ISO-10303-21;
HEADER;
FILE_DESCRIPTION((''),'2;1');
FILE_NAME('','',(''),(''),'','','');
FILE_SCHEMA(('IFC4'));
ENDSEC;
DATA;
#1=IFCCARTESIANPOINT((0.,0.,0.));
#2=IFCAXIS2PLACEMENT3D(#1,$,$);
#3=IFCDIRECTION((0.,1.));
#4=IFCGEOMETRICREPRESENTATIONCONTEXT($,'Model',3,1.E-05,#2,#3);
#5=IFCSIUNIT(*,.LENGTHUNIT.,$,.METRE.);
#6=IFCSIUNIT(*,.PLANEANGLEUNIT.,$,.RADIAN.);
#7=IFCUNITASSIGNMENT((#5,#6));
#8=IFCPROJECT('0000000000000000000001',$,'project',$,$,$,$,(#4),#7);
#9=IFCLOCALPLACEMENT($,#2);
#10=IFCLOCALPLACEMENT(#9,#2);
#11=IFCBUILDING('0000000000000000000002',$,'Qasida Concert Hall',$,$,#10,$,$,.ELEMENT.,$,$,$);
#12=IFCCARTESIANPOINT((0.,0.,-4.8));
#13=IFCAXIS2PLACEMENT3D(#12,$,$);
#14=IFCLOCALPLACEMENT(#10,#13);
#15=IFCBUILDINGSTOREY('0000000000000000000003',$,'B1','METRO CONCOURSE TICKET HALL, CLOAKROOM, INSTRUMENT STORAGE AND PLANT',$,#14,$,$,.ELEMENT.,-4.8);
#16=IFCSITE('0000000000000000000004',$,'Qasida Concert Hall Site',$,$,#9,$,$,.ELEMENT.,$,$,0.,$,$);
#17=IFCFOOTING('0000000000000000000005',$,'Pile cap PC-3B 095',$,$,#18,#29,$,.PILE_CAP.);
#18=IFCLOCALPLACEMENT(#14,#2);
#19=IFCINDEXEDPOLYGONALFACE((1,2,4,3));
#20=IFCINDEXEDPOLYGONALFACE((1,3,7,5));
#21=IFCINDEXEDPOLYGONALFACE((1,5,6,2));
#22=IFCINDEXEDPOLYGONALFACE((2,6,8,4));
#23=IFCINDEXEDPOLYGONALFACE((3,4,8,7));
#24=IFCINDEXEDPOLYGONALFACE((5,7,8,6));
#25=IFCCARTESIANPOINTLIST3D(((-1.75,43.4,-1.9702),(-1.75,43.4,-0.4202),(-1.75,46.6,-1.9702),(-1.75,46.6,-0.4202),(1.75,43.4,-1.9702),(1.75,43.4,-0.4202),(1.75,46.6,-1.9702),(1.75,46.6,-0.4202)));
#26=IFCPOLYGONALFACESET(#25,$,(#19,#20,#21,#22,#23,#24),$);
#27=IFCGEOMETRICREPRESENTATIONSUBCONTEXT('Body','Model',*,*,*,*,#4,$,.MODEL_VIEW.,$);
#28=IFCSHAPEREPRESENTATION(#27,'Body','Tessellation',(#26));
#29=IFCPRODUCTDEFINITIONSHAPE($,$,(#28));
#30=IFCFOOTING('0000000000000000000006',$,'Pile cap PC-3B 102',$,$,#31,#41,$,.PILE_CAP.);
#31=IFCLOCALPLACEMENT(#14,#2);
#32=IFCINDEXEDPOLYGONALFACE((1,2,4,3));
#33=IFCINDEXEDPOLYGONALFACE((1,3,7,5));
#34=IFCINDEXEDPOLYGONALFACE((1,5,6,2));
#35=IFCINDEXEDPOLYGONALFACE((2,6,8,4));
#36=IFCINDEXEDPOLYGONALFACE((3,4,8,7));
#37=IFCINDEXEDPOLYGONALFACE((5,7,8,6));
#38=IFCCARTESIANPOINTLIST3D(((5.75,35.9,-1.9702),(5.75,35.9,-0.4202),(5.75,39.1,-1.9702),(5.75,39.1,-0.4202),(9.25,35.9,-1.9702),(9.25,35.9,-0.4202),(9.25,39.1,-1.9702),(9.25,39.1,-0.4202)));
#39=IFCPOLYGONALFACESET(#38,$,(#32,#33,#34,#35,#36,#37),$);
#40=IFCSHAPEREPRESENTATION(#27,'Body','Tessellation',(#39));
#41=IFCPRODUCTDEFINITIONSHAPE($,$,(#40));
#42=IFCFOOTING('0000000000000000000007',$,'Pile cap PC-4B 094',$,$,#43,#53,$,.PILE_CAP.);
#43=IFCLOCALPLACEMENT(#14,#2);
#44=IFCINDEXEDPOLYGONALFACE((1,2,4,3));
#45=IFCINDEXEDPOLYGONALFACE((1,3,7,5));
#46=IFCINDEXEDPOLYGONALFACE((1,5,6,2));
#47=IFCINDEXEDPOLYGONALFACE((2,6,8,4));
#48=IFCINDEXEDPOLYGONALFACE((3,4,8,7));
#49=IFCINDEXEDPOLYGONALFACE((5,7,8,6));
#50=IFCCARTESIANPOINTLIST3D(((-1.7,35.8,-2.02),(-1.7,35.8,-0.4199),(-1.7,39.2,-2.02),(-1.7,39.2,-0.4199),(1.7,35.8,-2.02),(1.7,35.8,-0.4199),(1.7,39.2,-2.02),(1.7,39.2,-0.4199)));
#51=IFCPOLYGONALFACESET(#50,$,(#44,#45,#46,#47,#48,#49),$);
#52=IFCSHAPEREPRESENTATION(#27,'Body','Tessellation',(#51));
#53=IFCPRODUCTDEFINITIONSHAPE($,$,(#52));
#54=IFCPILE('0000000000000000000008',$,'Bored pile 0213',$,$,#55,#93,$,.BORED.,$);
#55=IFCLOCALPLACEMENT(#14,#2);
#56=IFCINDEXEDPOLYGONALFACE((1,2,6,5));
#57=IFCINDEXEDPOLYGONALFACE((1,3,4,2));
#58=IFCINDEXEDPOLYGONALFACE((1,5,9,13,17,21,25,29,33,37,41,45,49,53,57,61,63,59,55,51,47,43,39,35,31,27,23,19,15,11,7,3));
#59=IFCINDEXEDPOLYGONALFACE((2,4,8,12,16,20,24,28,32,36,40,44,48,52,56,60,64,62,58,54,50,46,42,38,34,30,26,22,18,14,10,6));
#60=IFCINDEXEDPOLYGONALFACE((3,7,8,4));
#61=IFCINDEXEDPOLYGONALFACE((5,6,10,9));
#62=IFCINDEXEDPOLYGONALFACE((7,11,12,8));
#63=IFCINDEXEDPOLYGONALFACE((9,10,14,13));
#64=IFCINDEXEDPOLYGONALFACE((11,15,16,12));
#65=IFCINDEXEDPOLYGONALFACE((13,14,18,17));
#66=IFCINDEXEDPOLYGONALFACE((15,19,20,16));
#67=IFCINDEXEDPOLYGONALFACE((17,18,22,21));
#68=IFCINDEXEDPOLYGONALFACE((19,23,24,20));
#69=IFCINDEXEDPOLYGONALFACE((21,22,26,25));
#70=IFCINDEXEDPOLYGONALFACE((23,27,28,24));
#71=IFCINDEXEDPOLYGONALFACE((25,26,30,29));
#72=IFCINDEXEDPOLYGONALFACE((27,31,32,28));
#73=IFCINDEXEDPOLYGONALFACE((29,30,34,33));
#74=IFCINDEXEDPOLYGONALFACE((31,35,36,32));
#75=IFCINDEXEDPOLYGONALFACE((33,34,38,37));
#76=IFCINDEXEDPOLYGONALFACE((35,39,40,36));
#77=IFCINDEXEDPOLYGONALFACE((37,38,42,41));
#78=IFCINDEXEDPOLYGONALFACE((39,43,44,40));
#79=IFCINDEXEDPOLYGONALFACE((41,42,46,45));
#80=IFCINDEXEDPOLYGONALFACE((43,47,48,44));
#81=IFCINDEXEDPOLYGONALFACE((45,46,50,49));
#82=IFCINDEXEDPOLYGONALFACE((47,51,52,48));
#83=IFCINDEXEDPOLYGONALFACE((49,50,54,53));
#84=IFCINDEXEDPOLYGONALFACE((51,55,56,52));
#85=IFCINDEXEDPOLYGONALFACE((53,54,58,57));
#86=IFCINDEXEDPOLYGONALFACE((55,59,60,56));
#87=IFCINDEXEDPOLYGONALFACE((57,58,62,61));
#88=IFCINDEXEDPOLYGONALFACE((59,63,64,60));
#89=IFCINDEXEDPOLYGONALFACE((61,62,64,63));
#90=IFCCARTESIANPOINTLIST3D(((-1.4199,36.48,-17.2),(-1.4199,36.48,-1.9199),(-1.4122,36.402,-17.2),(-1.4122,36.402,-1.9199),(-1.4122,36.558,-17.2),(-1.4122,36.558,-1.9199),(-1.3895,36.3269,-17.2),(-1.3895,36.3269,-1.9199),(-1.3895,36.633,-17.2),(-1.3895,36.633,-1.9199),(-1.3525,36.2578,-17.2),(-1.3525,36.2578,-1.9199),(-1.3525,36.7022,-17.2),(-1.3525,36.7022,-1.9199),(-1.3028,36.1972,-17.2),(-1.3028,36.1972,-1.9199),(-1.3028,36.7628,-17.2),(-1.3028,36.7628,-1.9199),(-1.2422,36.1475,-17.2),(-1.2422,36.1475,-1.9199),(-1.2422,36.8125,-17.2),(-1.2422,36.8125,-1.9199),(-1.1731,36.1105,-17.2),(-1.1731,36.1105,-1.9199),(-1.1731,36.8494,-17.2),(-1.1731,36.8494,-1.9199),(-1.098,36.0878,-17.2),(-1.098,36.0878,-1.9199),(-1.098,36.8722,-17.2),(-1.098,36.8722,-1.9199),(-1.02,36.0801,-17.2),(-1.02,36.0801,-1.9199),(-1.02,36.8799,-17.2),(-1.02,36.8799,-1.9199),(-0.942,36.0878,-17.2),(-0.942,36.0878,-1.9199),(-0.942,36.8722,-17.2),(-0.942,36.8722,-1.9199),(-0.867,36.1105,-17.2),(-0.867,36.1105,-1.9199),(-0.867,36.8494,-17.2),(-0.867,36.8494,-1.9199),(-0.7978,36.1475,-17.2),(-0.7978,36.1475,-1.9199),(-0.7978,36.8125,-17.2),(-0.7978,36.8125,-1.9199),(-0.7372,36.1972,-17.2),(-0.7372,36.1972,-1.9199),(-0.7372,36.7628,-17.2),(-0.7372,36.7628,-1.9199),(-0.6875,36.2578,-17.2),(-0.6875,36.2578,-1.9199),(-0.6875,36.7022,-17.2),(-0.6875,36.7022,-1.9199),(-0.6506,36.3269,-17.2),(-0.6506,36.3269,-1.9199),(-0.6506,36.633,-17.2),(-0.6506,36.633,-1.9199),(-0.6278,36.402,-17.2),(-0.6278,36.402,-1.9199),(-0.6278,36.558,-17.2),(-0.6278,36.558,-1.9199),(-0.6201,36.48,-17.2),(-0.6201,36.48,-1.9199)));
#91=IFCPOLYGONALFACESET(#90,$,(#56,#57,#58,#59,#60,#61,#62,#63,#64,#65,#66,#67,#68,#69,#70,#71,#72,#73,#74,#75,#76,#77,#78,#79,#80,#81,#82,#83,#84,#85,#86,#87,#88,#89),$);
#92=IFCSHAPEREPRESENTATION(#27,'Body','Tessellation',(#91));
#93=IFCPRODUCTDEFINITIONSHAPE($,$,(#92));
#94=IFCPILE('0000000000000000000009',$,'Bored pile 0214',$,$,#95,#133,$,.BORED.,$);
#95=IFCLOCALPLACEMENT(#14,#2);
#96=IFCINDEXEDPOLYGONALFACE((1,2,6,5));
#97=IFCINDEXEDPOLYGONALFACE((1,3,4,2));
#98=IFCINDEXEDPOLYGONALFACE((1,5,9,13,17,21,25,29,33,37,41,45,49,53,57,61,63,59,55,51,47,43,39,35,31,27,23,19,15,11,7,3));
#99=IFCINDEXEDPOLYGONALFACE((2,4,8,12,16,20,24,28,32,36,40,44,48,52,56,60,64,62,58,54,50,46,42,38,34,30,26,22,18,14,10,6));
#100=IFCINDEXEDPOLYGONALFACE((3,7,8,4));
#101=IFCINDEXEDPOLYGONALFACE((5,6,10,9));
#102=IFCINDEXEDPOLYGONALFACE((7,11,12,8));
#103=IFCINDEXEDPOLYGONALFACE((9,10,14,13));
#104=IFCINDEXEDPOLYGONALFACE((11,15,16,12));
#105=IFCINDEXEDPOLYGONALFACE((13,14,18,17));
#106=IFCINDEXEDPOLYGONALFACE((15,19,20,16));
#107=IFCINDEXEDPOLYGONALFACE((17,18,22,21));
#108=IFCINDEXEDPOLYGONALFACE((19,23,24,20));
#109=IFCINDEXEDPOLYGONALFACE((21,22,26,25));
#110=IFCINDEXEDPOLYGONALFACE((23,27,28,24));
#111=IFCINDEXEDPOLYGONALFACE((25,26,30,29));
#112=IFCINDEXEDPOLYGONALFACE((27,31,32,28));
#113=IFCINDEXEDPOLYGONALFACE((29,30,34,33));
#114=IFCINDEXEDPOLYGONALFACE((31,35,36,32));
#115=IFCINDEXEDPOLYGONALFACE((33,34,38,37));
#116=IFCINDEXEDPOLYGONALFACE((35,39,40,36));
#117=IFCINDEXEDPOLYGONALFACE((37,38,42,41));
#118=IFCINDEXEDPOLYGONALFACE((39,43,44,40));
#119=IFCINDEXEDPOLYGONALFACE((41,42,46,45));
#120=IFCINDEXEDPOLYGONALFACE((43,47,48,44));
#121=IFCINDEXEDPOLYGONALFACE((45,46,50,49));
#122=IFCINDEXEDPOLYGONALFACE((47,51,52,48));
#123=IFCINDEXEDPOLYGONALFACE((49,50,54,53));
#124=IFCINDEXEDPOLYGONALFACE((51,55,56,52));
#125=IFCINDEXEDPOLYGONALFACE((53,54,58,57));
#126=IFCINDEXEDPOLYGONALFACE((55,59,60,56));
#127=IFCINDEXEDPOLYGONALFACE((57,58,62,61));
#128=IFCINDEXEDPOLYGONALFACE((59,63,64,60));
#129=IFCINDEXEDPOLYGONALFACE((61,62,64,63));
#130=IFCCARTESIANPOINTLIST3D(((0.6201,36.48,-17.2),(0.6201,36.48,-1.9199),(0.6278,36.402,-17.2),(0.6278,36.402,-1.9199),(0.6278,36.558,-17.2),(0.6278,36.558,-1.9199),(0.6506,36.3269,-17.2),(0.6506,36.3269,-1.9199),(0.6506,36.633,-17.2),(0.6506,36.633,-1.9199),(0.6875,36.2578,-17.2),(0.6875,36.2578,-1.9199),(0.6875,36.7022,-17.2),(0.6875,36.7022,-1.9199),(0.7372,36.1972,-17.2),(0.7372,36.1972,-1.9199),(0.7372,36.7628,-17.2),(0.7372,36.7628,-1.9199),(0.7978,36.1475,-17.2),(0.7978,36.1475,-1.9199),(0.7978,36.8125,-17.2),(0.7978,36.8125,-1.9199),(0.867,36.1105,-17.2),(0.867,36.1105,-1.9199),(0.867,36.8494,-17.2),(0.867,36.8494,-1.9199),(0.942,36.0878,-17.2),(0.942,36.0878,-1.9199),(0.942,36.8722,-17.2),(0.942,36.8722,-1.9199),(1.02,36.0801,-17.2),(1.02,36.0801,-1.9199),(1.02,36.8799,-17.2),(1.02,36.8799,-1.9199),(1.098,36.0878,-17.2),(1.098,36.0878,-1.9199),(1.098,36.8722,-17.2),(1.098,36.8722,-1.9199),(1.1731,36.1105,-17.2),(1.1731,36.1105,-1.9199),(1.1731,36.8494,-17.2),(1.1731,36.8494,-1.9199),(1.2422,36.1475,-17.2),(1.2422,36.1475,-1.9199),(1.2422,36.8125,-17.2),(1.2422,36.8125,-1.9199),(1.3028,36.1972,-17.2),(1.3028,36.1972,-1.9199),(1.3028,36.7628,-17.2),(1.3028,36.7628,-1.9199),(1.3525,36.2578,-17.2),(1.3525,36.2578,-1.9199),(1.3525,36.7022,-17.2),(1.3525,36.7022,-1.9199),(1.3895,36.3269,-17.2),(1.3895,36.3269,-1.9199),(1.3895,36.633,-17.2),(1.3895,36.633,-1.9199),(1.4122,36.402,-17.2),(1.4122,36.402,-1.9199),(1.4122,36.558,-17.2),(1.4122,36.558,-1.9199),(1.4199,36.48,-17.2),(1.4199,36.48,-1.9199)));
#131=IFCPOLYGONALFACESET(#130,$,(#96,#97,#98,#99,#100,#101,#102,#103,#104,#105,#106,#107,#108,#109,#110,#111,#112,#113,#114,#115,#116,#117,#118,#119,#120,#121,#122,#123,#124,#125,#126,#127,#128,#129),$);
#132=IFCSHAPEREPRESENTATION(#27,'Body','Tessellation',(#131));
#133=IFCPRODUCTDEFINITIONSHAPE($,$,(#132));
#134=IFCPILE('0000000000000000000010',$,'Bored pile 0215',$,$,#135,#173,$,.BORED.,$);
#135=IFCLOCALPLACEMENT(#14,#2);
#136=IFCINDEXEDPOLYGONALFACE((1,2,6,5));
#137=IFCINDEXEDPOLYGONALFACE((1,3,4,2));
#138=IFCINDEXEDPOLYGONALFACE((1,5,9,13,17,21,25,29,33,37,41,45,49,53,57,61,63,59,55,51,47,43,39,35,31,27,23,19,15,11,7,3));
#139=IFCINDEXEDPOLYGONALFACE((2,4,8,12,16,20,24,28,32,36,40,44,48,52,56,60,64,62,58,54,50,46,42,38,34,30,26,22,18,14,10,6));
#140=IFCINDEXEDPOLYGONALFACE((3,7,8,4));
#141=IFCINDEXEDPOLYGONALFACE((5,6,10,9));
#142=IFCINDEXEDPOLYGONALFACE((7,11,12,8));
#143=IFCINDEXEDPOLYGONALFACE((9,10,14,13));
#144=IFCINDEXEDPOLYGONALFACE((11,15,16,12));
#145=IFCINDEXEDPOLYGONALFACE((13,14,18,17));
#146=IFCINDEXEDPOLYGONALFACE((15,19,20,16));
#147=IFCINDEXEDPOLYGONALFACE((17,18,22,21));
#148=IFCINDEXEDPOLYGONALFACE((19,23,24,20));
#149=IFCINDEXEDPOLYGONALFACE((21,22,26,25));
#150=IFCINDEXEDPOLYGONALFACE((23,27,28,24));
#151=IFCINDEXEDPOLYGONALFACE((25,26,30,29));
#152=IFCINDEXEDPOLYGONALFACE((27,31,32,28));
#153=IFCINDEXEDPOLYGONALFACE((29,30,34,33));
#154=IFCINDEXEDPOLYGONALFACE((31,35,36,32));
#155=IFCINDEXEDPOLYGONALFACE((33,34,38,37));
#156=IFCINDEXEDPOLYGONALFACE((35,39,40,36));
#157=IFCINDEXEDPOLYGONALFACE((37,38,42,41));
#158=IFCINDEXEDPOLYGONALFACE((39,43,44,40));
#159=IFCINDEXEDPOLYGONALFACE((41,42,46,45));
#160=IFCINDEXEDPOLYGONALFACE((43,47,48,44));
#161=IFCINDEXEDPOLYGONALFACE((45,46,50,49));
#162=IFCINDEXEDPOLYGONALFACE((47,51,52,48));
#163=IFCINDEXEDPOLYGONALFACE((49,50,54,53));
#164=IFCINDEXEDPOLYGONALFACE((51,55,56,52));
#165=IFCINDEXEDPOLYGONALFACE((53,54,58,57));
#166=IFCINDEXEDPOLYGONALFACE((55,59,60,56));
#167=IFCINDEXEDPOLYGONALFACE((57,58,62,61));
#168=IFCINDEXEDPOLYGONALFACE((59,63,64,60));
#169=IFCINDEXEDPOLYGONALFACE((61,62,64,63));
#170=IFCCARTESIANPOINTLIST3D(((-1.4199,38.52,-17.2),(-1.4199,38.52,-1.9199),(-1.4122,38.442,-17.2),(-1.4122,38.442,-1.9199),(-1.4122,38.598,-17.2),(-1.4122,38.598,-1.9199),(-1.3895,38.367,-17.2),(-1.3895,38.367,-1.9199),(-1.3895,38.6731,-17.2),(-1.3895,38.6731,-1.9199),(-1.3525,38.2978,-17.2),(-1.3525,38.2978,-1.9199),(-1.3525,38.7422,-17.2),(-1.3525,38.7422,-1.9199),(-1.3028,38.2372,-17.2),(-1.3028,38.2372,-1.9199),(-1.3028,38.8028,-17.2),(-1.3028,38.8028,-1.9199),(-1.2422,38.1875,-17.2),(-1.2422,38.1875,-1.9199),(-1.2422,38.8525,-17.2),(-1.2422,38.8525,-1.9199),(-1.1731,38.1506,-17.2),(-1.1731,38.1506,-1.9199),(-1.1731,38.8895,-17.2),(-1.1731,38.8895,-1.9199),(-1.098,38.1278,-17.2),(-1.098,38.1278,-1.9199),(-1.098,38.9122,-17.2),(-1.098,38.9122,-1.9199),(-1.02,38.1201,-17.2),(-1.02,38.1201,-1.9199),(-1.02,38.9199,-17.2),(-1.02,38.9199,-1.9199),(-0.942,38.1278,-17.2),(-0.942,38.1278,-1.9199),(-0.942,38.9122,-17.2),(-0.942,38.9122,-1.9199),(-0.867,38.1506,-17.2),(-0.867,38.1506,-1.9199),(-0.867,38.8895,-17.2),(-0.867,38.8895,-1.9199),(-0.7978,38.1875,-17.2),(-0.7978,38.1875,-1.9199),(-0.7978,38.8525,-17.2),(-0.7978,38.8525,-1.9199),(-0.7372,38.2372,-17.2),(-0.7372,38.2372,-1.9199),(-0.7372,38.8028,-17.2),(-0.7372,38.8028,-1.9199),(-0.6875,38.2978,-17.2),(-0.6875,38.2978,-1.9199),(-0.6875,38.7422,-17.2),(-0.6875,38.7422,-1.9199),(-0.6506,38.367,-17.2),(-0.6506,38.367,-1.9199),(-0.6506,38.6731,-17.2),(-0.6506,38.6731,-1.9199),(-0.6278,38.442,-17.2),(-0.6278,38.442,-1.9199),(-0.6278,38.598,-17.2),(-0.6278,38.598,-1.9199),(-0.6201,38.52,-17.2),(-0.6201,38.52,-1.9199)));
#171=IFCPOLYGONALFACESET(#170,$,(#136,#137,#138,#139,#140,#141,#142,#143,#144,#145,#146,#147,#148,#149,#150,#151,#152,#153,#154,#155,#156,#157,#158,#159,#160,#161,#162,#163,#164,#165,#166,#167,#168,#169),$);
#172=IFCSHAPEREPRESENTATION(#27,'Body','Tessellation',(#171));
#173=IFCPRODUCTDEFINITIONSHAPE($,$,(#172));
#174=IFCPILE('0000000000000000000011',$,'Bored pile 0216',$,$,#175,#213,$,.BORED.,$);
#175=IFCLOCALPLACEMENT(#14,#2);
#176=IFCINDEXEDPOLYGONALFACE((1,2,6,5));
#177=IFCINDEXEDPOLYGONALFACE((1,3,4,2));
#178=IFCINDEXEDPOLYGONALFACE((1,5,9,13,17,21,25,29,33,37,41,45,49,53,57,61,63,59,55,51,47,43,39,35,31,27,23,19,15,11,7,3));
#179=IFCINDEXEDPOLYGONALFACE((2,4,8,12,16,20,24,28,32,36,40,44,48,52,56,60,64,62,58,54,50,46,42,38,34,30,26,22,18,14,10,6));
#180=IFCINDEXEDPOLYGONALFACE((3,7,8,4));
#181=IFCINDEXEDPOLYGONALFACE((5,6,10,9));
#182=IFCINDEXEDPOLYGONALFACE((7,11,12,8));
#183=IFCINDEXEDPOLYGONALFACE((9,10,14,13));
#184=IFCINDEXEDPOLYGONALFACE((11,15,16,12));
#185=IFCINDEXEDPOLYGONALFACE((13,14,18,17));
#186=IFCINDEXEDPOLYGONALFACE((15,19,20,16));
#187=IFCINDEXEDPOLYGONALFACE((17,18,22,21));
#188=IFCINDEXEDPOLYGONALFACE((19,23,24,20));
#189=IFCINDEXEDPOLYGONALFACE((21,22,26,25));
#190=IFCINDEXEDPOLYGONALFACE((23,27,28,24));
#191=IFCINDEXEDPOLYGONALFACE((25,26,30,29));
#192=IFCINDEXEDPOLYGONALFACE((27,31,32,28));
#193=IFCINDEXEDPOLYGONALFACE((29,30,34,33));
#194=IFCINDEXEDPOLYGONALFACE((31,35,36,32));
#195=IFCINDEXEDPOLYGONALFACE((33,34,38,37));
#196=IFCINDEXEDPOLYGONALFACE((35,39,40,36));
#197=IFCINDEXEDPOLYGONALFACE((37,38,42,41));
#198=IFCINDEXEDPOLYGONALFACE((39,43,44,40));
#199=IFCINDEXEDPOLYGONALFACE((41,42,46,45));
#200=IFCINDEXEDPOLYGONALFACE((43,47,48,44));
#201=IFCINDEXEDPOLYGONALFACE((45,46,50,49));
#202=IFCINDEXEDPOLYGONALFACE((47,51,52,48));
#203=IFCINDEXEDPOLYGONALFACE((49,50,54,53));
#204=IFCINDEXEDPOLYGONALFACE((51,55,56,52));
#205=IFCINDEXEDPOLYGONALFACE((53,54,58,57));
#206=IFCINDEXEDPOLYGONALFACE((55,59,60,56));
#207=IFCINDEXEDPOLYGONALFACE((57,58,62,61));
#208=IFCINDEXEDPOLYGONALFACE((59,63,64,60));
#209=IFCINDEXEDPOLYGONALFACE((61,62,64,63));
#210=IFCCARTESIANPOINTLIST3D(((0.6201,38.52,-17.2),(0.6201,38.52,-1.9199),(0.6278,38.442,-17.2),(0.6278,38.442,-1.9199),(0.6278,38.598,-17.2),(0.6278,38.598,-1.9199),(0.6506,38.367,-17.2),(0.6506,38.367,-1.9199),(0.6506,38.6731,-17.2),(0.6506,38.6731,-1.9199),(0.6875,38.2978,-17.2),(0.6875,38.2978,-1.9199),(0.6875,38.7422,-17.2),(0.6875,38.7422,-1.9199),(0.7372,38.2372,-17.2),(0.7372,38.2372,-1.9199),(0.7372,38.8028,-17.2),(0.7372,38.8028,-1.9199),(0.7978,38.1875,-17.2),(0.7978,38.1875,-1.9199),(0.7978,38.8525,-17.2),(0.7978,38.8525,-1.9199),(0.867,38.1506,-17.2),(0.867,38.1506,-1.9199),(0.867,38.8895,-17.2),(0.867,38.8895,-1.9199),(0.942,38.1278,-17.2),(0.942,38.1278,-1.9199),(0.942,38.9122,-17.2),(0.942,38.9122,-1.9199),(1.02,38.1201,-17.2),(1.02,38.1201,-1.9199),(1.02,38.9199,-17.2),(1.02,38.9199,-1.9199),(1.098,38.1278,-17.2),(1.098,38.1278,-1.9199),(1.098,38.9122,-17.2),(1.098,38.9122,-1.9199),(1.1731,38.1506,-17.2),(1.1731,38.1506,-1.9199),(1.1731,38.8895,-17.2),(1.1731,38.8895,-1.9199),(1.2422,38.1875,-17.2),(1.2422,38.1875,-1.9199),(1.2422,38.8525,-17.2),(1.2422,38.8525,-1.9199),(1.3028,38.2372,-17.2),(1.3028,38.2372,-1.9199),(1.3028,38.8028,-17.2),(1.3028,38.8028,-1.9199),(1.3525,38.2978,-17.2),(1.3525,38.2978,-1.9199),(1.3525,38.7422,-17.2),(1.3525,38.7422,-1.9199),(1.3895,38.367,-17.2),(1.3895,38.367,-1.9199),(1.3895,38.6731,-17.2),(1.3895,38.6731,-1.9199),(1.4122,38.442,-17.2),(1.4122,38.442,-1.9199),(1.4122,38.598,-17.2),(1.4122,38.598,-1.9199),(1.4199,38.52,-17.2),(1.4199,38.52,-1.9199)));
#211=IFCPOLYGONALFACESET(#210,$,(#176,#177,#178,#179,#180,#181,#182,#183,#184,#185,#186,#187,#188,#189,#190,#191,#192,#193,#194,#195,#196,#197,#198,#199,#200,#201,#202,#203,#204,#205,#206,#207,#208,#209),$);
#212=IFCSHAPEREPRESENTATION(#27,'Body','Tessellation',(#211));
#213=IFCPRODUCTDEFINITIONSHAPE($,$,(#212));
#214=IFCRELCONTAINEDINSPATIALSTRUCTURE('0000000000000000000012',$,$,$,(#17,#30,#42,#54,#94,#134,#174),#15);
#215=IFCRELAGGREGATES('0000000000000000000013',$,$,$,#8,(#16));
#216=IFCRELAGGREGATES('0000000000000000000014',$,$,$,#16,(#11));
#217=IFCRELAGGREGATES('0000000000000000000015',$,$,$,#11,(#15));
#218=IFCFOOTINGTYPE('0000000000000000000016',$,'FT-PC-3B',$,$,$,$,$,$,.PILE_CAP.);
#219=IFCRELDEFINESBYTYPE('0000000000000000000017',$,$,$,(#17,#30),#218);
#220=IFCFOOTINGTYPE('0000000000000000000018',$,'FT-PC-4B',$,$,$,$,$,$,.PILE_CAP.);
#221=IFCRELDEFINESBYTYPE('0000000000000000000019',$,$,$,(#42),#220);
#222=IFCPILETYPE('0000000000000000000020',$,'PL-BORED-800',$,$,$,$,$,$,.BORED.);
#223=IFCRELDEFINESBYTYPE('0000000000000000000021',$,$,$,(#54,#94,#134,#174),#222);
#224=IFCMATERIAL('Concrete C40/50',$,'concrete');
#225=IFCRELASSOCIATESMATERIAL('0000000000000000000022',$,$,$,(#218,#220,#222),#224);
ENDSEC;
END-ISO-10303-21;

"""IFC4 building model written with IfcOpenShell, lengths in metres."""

from ifc_helpers import new_model, si_unit, direction, frame, origin, origin_2d, place, context, subcontext, project, spatial, rectangle, circle, extrude, material, material_profile, profile_set, type_object, element, save


model = new_model("IFC4")

# Units and contexts
model_context = context("Model", 3, precision=1e-05, world=origin(), true_north=direction((0.0, 1.0)))
body_context = subcontext(model_context, "Body", "Model", "MODEL_VIEW")
ifc_project = project(units=[si_unit("LENGTHUNIT", "METRE"), si_unit("PLANEANGLEUNIT", "RADIAN")], contexts=[model_context])

# Site, building, storey
site_placement = place(None, origin())
site = spatial("IfcSite", under=ifc_project, at=site_placement, Name="Qasida Concert Hall Site", CompositionType="ELEMENT", RefElevation=0.0)
building_placement = place(site_placement, origin())
building = spatial("IfcBuilding", under=site, at=building_placement, Name="Qasida Concert Hall", CompositionType="ELEMENT")
storey_placement = place(building_placement, frame((0.0, 0.0, -4.8)))
storey = spatial("IfcBuildingStorey", under=building, at=storey_placement, Name="B1", Description="METRO CONCOURSE TICKET HALL, CLOAKROOM, INSTRUMENT STORAGE AND PLANT", CompositionType="ELEMENT", Elevation=-4.8)

# Footings
ifc_material_1 = material(Name="Concrete C40/50", Category="concrete")
footing_type_1 = type_object("IfcFootingType", Name="FT-PC-3B", PredefinedType="PILE_CAP", material=ifc_material_1)
for number, where, z_axis, x_axis, name in (
    (1, (0.0, 45.0, -1.9702), (0.0, 0.0, 1.0), (1.0, 0.0, 0.0), "Pile cap PC-3B 095"),
    (2, (7.5, 37.5, -1.9702), (0.0, 0.0, 1.0), (1.0, 0.0, 0.0), "Pile cap PC-3B 102"),
):
    element("IfcFooting", number, at=place(storey_placement, frame(where, z_axis=z_axis, x_axis=x_axis)), inside=storey, type_object=footing_type_1, Name=name, PredefinedType="PILE_CAP", context=body_context, shape_type="SweptSolid", body=[
        extrude(rectangle(XDim=3.5, YDim=3.2, at=origin_2d()), origin(), (0.0, 0.0, 1.0), 1.55),
    ])
footing_type_2 = type_object("IfcFootingType", Name="FT-PC-4B", PredefinedType="PILE_CAP", material=ifc_material_1)
footing_placement = place(storey_placement, frame((0.0, 37.5, -2.02), z_axis=(0.0, 0.0, 1.0), x_axis=(1.0, 0.0, 0.0)))
element("IfcFooting", 3, at=footing_placement, inside=storey, type_object=footing_type_2, Name="Pile cap PC-4B 094", PredefinedType="PILE_CAP", context=body_context, shape_type="SweptSolid", body=[
    extrude(rectangle(XDim=3.3999, YDim=3.3999, at=origin_2d()), origin(), (0.0, 0.0, 1.0), 1.6001),
])

# Piles
ifc_material_profile_1 = material_profile(ifc_material_1, circle(Radius=0.3999, at=origin_2d()), Name="BORED PILE D800")
ifc_profile_set_1 = profile_set([ifc_material_profile_1], Name="Concrete C40/50")
pile_type = type_object("IfcPileType", Name="PL-BORED-800", PredefinedType="BORED", material=ifc_profile_set_1)
for number, where, z_axis, x_axis, name in (
    (4, (-1.02, 36.48, -1.9199), (0.0, 0.0, -1.0), (1.0, 0.0, 0.0), "Bored pile 0213"),
    (5, (1.02, 36.48, -1.9199), (0.0, 0.0, -1.0), (1.0, 0.0, 0.0), "Bored pile 0214"),
    (6, (-1.02, 38.52, -1.9199), (0.0, 0.0, -1.0), (1.0, 0.0, 0.0), "Bored pile 0215"),
    (7, (1.02, 38.52, -1.9199), (0.0, 0.0, -1.0), (1.0, 0.0, 0.0), "Bored pile 0216"),
):
    element("IfcPile", number, at=place(storey_placement, frame(where, z_axis=z_axis, x_axis=x_axis)), inside=storey, type_object=pile_type, Name=name, PredefinedType="BORED", context=body_context, shape_type="SweptSolid", body=[
        extrude(circle(Radius=0.3999, at=origin_2d()), origin(), (0.0, 0.0, 1.0), 15.28),
    ])

save(model, "model.ifc")
